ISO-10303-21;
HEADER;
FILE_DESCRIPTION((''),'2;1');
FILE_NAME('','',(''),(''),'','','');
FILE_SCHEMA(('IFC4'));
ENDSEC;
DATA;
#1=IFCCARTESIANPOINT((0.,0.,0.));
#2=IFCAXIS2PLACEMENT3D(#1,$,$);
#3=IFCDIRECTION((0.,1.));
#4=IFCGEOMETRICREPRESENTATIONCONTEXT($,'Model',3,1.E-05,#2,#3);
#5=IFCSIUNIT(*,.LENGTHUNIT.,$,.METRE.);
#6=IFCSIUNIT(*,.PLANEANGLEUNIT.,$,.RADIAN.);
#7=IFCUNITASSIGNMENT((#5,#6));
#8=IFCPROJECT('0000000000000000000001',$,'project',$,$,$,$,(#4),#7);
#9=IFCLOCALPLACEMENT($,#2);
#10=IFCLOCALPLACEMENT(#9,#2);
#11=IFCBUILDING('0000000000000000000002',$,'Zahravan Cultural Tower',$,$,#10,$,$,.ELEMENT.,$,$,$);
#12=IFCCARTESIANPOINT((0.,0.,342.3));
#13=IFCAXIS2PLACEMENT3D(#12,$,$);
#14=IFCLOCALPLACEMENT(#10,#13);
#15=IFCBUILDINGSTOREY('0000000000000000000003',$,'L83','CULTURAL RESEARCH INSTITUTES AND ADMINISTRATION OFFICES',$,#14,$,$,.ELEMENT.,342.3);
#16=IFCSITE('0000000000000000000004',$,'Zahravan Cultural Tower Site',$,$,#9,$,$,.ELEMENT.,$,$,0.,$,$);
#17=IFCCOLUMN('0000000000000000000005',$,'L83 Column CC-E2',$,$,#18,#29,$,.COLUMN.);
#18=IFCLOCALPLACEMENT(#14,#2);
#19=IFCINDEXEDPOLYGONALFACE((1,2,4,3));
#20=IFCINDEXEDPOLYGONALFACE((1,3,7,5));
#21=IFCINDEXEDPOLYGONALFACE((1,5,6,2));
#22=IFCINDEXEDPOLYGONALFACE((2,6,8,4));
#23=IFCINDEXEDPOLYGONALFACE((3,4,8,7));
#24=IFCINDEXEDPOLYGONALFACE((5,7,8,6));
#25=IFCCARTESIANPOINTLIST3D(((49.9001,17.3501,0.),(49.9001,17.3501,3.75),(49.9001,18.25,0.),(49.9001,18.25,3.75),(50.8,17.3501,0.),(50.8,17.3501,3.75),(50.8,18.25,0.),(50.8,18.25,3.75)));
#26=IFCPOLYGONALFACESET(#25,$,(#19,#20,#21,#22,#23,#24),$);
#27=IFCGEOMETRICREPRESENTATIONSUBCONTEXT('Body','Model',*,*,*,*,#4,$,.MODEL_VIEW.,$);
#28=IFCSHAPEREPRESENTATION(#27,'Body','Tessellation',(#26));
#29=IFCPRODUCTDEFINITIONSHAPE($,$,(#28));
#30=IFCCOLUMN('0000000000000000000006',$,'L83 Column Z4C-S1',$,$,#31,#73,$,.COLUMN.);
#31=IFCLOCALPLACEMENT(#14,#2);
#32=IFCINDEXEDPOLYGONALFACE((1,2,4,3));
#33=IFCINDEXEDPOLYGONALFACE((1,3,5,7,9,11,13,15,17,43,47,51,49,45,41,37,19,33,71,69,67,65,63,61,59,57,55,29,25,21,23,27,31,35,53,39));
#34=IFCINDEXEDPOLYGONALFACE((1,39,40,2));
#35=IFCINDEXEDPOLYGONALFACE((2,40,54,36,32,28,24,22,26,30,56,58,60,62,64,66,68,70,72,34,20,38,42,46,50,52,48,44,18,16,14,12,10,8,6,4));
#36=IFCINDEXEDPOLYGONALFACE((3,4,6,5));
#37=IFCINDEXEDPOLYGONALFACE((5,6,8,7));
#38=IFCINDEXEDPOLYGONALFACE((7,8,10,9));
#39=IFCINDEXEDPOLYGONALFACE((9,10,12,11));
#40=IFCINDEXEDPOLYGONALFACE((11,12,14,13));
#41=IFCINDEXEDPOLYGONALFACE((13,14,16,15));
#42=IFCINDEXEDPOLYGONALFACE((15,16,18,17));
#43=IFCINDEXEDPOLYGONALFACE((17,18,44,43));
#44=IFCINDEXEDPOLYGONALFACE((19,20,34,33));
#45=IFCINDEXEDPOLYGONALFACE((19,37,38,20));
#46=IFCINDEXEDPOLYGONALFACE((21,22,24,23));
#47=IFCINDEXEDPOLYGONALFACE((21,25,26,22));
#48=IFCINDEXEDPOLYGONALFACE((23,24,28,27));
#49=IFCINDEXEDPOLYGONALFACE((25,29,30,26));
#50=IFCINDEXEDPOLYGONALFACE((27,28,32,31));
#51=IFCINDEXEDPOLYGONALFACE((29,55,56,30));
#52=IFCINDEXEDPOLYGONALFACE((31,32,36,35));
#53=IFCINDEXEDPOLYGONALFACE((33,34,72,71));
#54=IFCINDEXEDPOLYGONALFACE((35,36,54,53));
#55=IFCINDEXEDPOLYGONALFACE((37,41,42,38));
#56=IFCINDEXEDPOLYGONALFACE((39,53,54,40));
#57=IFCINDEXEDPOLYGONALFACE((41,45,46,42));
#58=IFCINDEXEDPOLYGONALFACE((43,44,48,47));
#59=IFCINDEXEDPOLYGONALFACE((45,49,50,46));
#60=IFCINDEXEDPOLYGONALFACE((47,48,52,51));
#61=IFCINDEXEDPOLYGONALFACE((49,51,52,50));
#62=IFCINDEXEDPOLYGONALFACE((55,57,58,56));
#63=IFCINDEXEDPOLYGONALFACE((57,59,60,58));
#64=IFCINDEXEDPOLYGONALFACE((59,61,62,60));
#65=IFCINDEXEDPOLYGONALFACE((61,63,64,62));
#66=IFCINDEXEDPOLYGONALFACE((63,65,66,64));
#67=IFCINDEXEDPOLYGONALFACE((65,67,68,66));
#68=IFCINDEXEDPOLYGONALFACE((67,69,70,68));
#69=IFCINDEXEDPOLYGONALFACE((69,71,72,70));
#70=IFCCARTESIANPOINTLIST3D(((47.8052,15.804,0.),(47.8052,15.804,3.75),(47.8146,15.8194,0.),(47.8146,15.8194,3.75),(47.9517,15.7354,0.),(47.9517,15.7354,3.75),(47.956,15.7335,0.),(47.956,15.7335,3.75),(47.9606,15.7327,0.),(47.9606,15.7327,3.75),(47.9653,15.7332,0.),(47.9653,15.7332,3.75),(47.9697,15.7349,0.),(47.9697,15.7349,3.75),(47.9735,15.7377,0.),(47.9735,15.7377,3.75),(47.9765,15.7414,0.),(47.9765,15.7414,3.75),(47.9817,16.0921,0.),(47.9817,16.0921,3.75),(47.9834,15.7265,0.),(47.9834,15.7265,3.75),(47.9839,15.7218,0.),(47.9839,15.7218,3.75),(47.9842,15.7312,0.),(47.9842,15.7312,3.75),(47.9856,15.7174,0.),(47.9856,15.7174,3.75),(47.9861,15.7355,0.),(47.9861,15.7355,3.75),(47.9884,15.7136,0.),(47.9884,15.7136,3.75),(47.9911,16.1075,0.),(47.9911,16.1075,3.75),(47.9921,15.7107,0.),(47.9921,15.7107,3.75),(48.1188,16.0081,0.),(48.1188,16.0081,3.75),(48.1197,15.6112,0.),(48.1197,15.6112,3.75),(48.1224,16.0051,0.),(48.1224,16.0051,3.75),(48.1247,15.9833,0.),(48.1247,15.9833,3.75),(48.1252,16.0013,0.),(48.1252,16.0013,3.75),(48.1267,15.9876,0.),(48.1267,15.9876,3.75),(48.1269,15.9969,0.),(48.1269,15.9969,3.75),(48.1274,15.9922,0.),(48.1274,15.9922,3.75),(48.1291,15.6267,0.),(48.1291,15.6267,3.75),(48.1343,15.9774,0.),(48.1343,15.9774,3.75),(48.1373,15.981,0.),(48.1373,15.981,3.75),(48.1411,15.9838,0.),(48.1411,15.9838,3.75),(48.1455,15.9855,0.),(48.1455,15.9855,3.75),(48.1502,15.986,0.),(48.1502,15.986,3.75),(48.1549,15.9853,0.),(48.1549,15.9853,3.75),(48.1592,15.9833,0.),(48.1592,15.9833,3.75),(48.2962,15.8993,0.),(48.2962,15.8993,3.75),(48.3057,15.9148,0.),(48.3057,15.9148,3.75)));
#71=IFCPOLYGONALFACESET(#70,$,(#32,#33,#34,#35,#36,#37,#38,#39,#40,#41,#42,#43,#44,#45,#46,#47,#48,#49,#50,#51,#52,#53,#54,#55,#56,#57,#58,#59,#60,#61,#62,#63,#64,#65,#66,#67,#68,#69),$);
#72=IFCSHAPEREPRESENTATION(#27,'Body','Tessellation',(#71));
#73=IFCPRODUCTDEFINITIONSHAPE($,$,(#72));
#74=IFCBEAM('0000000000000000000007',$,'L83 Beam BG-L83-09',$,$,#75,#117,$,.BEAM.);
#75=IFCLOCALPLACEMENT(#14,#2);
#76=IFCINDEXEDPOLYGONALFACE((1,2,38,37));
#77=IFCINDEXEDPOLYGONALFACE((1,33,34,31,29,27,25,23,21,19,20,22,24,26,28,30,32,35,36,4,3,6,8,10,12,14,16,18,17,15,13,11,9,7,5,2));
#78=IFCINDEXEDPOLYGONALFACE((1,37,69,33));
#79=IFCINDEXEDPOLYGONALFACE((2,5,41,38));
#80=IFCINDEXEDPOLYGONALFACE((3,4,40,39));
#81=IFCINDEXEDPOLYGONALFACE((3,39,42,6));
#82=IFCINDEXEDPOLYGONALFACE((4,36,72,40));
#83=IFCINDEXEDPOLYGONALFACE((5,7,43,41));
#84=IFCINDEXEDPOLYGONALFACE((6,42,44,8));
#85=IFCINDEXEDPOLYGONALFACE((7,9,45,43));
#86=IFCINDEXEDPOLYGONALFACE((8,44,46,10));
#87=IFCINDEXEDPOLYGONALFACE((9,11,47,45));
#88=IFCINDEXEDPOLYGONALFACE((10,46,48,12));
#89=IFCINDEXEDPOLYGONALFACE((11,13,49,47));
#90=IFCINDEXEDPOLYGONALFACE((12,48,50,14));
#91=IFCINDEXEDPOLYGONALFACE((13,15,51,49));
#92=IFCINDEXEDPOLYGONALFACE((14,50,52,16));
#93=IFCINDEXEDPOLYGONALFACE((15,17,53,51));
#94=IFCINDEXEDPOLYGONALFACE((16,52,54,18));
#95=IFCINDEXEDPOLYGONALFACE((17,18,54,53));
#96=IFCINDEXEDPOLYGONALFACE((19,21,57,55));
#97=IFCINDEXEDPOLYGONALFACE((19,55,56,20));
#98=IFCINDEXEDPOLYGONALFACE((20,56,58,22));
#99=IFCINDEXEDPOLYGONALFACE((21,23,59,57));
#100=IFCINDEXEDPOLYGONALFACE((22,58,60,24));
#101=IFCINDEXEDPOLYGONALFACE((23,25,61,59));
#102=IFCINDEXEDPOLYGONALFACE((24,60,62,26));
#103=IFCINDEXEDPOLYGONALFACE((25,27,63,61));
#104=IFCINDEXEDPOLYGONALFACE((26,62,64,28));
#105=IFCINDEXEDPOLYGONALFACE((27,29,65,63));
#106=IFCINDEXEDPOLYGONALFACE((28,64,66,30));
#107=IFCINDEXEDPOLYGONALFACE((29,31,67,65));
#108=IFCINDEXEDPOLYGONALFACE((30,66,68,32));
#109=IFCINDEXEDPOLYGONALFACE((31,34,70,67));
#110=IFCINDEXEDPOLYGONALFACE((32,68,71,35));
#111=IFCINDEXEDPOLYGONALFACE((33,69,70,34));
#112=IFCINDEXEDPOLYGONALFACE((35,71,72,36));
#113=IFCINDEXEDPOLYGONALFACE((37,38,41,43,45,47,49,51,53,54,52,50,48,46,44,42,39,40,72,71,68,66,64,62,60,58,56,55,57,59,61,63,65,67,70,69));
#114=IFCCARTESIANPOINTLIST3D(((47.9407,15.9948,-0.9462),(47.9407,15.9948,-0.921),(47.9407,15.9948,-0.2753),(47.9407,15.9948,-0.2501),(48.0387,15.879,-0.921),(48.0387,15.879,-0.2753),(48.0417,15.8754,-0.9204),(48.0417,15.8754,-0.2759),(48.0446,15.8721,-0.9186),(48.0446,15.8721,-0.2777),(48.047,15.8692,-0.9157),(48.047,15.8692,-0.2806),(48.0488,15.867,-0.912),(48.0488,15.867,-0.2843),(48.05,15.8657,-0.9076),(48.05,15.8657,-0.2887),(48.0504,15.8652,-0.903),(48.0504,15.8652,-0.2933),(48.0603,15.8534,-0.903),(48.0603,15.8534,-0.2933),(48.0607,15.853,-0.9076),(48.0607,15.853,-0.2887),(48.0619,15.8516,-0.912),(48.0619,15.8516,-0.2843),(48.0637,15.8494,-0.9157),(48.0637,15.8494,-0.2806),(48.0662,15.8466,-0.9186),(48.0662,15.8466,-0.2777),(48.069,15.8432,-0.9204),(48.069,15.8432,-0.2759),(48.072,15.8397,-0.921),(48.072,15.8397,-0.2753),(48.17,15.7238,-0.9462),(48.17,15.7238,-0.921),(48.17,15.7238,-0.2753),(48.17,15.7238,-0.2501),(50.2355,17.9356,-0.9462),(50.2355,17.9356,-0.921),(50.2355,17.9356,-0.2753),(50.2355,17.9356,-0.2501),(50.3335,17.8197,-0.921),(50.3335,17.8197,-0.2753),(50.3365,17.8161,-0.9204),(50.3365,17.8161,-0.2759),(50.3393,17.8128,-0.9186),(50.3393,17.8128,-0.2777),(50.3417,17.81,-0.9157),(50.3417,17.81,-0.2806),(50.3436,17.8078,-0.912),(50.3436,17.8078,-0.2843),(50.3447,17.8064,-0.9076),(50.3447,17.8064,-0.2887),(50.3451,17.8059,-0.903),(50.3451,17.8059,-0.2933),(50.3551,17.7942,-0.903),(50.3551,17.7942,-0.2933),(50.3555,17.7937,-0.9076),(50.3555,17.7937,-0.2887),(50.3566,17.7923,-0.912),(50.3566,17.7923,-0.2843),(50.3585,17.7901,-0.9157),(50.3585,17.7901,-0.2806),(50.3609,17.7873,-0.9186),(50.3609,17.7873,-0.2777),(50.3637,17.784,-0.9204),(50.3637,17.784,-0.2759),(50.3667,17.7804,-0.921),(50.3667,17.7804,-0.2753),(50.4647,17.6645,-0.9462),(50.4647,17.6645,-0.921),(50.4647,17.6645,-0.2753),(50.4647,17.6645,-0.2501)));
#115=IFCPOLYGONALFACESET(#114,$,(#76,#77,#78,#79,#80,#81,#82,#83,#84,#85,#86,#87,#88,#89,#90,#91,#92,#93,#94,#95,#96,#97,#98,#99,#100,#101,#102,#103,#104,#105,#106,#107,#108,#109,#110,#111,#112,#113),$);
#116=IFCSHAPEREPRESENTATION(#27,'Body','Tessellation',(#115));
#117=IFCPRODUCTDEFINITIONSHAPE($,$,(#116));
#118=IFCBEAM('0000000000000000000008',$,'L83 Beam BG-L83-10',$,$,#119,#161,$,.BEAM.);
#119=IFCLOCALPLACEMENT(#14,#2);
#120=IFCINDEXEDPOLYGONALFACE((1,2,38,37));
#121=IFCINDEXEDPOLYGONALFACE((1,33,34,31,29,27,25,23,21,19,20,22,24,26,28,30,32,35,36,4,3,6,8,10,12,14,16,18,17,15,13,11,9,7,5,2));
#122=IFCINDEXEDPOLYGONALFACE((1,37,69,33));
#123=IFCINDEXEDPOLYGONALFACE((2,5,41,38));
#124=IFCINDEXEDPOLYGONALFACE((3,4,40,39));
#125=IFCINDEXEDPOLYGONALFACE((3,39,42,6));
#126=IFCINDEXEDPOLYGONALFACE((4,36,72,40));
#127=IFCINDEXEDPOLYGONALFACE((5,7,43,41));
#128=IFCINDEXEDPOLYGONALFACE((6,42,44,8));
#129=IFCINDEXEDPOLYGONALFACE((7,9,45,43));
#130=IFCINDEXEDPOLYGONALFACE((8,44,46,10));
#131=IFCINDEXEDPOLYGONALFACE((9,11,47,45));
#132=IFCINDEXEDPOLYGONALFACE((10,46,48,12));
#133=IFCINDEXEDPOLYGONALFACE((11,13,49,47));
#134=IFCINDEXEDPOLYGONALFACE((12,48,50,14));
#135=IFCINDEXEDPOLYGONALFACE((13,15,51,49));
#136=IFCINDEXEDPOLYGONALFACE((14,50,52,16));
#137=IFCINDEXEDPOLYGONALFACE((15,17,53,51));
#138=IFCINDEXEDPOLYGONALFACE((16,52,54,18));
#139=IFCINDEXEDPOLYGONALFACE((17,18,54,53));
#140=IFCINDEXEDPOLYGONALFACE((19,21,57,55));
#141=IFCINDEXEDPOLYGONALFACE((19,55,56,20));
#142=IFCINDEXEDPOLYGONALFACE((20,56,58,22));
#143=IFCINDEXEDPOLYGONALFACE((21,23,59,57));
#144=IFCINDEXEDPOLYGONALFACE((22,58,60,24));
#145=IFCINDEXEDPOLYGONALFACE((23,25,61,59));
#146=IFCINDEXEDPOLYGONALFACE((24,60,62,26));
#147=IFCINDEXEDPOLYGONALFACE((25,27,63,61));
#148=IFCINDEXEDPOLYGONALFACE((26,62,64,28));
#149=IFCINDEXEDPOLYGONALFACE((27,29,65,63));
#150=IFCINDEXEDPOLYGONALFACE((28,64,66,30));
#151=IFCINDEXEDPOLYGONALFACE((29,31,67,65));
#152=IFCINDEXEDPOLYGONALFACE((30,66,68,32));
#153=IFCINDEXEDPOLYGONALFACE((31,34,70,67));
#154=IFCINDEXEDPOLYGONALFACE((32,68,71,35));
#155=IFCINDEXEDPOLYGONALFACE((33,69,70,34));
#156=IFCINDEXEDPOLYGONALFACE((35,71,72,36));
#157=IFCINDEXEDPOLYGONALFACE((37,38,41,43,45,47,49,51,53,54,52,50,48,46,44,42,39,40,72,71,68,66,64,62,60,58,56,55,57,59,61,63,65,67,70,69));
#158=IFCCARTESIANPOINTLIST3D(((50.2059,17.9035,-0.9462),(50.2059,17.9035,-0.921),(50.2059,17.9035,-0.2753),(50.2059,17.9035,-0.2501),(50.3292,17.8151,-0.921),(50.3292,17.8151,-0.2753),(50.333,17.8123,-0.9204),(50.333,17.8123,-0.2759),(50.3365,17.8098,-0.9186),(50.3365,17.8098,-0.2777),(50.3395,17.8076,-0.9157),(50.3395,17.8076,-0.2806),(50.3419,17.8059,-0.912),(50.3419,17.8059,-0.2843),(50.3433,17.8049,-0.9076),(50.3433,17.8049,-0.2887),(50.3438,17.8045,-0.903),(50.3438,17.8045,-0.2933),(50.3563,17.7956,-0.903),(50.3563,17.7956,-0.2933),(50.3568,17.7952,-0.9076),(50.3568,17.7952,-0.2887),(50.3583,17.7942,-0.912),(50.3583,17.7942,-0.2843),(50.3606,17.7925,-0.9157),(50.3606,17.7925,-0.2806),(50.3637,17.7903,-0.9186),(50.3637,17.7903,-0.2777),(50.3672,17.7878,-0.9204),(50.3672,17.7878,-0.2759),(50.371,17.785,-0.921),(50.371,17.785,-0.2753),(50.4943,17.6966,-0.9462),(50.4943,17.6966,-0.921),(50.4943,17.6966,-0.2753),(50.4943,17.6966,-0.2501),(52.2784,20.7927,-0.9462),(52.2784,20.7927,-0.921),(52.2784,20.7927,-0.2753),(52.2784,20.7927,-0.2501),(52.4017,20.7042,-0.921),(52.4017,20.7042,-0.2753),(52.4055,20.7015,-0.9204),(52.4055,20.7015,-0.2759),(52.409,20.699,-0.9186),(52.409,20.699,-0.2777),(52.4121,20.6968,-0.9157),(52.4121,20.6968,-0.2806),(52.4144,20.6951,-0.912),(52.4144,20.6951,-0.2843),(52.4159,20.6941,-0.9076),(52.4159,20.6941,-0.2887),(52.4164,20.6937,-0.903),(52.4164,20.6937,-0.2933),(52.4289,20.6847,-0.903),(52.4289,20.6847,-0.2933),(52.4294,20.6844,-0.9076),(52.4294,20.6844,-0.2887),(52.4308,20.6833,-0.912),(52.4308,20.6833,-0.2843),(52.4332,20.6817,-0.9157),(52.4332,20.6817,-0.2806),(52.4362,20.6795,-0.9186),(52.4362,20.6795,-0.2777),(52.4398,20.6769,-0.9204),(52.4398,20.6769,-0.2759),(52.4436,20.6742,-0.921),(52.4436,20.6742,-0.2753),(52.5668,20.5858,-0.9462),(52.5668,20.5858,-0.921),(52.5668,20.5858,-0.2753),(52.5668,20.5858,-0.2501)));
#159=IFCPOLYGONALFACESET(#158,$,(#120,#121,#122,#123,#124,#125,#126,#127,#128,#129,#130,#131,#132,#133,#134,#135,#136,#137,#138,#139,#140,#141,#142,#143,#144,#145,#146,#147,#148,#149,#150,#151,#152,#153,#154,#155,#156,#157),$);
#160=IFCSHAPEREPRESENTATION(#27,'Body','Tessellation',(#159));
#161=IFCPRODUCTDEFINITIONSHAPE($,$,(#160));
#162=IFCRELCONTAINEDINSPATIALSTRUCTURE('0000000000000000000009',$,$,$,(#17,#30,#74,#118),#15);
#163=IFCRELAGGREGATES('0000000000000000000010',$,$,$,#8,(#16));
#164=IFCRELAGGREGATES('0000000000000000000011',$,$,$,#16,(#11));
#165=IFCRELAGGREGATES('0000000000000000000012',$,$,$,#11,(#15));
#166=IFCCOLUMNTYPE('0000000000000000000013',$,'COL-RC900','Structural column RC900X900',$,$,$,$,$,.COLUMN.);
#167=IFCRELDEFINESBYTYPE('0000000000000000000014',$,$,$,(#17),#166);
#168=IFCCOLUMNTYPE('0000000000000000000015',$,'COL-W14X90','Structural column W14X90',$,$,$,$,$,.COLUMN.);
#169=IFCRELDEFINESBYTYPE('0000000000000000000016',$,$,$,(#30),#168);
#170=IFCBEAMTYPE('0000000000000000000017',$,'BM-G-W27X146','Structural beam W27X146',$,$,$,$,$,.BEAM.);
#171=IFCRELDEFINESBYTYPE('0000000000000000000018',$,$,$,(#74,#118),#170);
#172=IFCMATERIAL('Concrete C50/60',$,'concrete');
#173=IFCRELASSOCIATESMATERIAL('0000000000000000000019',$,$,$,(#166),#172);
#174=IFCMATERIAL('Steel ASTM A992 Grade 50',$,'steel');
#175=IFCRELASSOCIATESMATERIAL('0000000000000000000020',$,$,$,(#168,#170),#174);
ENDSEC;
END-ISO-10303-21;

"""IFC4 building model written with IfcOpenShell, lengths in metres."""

from ifc_helpers import new_model, si_unit, direction, frame, origin, origin_2d, place, context, subcontext, project, spatial, rectangle, i_section, extrude, source, transform, mapped, material, material_profile, profile_set, type_object, element, save


model = new_model("IFC4")

# Units and contexts
model_context = context("Model", 3, precision=1e-05, world=origin(), true_north=direction((0.0, 1.0)))
body_context = subcontext(model_context, "Body", "Model", "MODEL_VIEW")
ifc_project = project(units=[si_unit("LENGTHUNIT", "METRE"), si_unit("PLANEANGLEUNIT", "RADIAN")], contexts=[model_context])

# Site, building, storey
site_placement = place(None, origin())
site = spatial("IfcSite", under=ifc_project, at=site_placement, Name="Zahravan Cultural Tower Site", CompositionType="ELEMENT", RefElevation=0.0)
building_placement = place(site_placement, origin())
building = spatial("IfcBuilding", under=site, at=building_placement, Name="Zahravan Cultural Tower", CompositionType="ELEMENT")
storey_placement = place(building_placement, frame((0.0, 0.0, 342.3)))
storey = spatial("IfcBuildingStorey", under=building, at=storey_placement, Name="L83", Description="CULTURAL RESEARCH INSTITUTES AND ADMINISTRATION OFFICES", CompositionType="ELEMENT", Elevation=342.3)

# Columns
ifc_material_1 = material(Name="Concrete C50/60", Category="concrete")
ifc_material_profile_1 = material_profile(ifc_material_1, rectangle(XDim=0.8999, YDim=0.8999, at=origin_2d()), Name="RC900X900")
ifc_profile_set_1 = profile_set([ifc_material_profile_1], Name="Concrete C50/60")
column_type_1 = type_object("IfcColumnType", Name="COL-RC900", Description="Structural column RC900X900", PredefinedType="COLUMN", material=ifc_profile_set_1)
shared_shape_1 = source(origin(), body_context, "Body", "SweptSolid", [
    extrude(rectangle(XDim=0.8999, YDim=0.8999, at=origin_2d()), origin(), (0.0, 0.0, 1.0), 3.75),
])
column_1_placement = place(storey_placement, frame((50.3501, 17.8, 0.0), z_axis=(0.0, 0.0, 1.0), x_axis=(1.0, 0.0, 0.0)))
element("IfcColumn", 1, at=column_1_placement, inside=storey, type_object=column_type_1, Name="L83 Column CC-E2", PredefinedType="COLUMN", context=body_context, shape_type="MappedRepresentation", body=[
    mapped(shared_shape_1, transform((0.0, 0.0, 0.0), x_axis=(1.0, 0.0, 0.0), y_axis=(0.0, 1.0, 0.0), z_axis=(0.0, 0.0, 1.0), scale=1.0)),
])
ifc_material_2 = material(Name="Steel ASTM A992 Grade 50", Category="steel")
ifc_material_profile_2 = material_profile(ifc_material_2, i_section(OverallWidth=0.3689, OverallDepth=0.356, WebThickness=0.0112, FlangeThickness=0.0181, FilletRadius=0.0181, at=origin_2d()), Name="W14X90")
ifc_profile_set_2 = profile_set([ifc_material_profile_2], Name="Steel ASTM A992 Grade 50")
column_type_2 = type_object("IfcColumnType", Name="COL-W14X90", Description="Structural column W14X90", PredefinedType="COLUMN", material=ifc_profile_set_2)
shared_shape_2 = source(origin(), body_context, "Body", "SweptSolid", [
    extrude(i_section(OverallWidth=0.3689, OverallDepth=0.356, WebThickness=0.0112, FlangeThickness=0.0181, FilletRadius=0.0181, at=origin_2d()), origin(), (0.0, 0.0, 1.0), 3.75),
])
column_2_placement = place(storey_placement, frame((48.0554, 15.8594, 0.0), z_axis=(0.0, 0.0, 1.0), x_axis=(-0.85264, 0.522499, 0.0)))
element("IfcColumn", 2, at=column_2_placement, inside=storey, type_object=column_type_2, Name="L83 Column Z4C-S1", PredefinedType="COLUMN", context=body_context, shape_type="MappedRepresentation", body=[
    mapped(shared_shape_2, transform((0.0, 0.0, 0.0), x_axis=(1.0, 0.0, 0.0), y_axis=(0.0, 1.0, 0.0), z_axis=(0.0, 0.0, 1.0), scale=1.0)),
])

# Beams
ifc_material_profile_3 = material_profile(ifc_material_2, i_section(OverallWidth=0.355, OverallDepth=0.696, WebThickness=0.0154, FlangeThickness=0.0251, FilletRadius=0.0181, at=origin_2d()), Name="W27X146")
ifc_profile_set_3 = profile_set([ifc_material_profile_3], Name="Steel ASTM A992 Grade 50")
beam_type_1 = type_object("IfcBeamType", Name="BM-G-W27X146", Description="Structural beam W27X146", PredefinedType="BEAM", material=ifc_profile_set_3)
shared_shape_3 = source(origin(), body_context, "Body", "SweptSolid", [
    extrude(i_section(OverallWidth=0.355, OverallDepth=0.696, WebThickness=0.0154, FlangeThickness=0.0251, FilletRadius=0.0181, at=origin_2d()), origin(), (0.0, 0.0, 1.0), 3.0054),
])
beam_1_placement = place(storey_placement, frame((50.3501, 17.8, -0.5981), z_axis=(-0.763546, -0.645753, 0.0), x_axis=(0.645753, -0.763546, 0.0)))
element("IfcBeam", 3, at=beam_1_placement, inside=storey, type_object=beam_type_1, Name="L83 Beam BG-L83-09", PredefinedType="BEAM", context=body_context, shape_type="MappedRepresentation", body=[
    mapped(shared_shape_3, transform((0.0, 0.0, 0.0), x_axis=(1.0, 0.0, 0.0), y_axis=(0.0, 1.0, 0.0), z_axis=(0.0, 0.0, 1.0), scale=1.0)),
])
shared_shape_4 = source(origin(), body_context, "Body", "SweptSolid", [
    extrude(i_section(OverallWidth=0.355, OverallDepth=0.696, WebThickness=0.0154, FlangeThickness=0.0251, FilletRadius=0.0181, at=origin_2d()), origin(), (0.0, 0.0, 1.0), 3.5557),
])
beam_2_placement = place(storey_placement, frame((50.3501, 17.8, -0.5981), z_axis=(0.58288, 0.812558, 0.0), x_axis=(-0.812558, 0.58288, 0.0)))
element("IfcBeam", 4, at=beam_2_placement, inside=storey, type_object=beam_type_1, Name="L83 Beam BG-L83-10", PredefinedType="BEAM", context=body_context, shape_type="MappedRepresentation", body=[
    mapped(shared_shape_4, transform((0.0, 0.0, 0.0), x_axis=(1.0, 0.0, 0.0), y_axis=(0.0, 1.0, 0.0), z_axis=(0.0, 0.0, 1.0), scale=1.0)),
])

save(model, "model.ifc")
